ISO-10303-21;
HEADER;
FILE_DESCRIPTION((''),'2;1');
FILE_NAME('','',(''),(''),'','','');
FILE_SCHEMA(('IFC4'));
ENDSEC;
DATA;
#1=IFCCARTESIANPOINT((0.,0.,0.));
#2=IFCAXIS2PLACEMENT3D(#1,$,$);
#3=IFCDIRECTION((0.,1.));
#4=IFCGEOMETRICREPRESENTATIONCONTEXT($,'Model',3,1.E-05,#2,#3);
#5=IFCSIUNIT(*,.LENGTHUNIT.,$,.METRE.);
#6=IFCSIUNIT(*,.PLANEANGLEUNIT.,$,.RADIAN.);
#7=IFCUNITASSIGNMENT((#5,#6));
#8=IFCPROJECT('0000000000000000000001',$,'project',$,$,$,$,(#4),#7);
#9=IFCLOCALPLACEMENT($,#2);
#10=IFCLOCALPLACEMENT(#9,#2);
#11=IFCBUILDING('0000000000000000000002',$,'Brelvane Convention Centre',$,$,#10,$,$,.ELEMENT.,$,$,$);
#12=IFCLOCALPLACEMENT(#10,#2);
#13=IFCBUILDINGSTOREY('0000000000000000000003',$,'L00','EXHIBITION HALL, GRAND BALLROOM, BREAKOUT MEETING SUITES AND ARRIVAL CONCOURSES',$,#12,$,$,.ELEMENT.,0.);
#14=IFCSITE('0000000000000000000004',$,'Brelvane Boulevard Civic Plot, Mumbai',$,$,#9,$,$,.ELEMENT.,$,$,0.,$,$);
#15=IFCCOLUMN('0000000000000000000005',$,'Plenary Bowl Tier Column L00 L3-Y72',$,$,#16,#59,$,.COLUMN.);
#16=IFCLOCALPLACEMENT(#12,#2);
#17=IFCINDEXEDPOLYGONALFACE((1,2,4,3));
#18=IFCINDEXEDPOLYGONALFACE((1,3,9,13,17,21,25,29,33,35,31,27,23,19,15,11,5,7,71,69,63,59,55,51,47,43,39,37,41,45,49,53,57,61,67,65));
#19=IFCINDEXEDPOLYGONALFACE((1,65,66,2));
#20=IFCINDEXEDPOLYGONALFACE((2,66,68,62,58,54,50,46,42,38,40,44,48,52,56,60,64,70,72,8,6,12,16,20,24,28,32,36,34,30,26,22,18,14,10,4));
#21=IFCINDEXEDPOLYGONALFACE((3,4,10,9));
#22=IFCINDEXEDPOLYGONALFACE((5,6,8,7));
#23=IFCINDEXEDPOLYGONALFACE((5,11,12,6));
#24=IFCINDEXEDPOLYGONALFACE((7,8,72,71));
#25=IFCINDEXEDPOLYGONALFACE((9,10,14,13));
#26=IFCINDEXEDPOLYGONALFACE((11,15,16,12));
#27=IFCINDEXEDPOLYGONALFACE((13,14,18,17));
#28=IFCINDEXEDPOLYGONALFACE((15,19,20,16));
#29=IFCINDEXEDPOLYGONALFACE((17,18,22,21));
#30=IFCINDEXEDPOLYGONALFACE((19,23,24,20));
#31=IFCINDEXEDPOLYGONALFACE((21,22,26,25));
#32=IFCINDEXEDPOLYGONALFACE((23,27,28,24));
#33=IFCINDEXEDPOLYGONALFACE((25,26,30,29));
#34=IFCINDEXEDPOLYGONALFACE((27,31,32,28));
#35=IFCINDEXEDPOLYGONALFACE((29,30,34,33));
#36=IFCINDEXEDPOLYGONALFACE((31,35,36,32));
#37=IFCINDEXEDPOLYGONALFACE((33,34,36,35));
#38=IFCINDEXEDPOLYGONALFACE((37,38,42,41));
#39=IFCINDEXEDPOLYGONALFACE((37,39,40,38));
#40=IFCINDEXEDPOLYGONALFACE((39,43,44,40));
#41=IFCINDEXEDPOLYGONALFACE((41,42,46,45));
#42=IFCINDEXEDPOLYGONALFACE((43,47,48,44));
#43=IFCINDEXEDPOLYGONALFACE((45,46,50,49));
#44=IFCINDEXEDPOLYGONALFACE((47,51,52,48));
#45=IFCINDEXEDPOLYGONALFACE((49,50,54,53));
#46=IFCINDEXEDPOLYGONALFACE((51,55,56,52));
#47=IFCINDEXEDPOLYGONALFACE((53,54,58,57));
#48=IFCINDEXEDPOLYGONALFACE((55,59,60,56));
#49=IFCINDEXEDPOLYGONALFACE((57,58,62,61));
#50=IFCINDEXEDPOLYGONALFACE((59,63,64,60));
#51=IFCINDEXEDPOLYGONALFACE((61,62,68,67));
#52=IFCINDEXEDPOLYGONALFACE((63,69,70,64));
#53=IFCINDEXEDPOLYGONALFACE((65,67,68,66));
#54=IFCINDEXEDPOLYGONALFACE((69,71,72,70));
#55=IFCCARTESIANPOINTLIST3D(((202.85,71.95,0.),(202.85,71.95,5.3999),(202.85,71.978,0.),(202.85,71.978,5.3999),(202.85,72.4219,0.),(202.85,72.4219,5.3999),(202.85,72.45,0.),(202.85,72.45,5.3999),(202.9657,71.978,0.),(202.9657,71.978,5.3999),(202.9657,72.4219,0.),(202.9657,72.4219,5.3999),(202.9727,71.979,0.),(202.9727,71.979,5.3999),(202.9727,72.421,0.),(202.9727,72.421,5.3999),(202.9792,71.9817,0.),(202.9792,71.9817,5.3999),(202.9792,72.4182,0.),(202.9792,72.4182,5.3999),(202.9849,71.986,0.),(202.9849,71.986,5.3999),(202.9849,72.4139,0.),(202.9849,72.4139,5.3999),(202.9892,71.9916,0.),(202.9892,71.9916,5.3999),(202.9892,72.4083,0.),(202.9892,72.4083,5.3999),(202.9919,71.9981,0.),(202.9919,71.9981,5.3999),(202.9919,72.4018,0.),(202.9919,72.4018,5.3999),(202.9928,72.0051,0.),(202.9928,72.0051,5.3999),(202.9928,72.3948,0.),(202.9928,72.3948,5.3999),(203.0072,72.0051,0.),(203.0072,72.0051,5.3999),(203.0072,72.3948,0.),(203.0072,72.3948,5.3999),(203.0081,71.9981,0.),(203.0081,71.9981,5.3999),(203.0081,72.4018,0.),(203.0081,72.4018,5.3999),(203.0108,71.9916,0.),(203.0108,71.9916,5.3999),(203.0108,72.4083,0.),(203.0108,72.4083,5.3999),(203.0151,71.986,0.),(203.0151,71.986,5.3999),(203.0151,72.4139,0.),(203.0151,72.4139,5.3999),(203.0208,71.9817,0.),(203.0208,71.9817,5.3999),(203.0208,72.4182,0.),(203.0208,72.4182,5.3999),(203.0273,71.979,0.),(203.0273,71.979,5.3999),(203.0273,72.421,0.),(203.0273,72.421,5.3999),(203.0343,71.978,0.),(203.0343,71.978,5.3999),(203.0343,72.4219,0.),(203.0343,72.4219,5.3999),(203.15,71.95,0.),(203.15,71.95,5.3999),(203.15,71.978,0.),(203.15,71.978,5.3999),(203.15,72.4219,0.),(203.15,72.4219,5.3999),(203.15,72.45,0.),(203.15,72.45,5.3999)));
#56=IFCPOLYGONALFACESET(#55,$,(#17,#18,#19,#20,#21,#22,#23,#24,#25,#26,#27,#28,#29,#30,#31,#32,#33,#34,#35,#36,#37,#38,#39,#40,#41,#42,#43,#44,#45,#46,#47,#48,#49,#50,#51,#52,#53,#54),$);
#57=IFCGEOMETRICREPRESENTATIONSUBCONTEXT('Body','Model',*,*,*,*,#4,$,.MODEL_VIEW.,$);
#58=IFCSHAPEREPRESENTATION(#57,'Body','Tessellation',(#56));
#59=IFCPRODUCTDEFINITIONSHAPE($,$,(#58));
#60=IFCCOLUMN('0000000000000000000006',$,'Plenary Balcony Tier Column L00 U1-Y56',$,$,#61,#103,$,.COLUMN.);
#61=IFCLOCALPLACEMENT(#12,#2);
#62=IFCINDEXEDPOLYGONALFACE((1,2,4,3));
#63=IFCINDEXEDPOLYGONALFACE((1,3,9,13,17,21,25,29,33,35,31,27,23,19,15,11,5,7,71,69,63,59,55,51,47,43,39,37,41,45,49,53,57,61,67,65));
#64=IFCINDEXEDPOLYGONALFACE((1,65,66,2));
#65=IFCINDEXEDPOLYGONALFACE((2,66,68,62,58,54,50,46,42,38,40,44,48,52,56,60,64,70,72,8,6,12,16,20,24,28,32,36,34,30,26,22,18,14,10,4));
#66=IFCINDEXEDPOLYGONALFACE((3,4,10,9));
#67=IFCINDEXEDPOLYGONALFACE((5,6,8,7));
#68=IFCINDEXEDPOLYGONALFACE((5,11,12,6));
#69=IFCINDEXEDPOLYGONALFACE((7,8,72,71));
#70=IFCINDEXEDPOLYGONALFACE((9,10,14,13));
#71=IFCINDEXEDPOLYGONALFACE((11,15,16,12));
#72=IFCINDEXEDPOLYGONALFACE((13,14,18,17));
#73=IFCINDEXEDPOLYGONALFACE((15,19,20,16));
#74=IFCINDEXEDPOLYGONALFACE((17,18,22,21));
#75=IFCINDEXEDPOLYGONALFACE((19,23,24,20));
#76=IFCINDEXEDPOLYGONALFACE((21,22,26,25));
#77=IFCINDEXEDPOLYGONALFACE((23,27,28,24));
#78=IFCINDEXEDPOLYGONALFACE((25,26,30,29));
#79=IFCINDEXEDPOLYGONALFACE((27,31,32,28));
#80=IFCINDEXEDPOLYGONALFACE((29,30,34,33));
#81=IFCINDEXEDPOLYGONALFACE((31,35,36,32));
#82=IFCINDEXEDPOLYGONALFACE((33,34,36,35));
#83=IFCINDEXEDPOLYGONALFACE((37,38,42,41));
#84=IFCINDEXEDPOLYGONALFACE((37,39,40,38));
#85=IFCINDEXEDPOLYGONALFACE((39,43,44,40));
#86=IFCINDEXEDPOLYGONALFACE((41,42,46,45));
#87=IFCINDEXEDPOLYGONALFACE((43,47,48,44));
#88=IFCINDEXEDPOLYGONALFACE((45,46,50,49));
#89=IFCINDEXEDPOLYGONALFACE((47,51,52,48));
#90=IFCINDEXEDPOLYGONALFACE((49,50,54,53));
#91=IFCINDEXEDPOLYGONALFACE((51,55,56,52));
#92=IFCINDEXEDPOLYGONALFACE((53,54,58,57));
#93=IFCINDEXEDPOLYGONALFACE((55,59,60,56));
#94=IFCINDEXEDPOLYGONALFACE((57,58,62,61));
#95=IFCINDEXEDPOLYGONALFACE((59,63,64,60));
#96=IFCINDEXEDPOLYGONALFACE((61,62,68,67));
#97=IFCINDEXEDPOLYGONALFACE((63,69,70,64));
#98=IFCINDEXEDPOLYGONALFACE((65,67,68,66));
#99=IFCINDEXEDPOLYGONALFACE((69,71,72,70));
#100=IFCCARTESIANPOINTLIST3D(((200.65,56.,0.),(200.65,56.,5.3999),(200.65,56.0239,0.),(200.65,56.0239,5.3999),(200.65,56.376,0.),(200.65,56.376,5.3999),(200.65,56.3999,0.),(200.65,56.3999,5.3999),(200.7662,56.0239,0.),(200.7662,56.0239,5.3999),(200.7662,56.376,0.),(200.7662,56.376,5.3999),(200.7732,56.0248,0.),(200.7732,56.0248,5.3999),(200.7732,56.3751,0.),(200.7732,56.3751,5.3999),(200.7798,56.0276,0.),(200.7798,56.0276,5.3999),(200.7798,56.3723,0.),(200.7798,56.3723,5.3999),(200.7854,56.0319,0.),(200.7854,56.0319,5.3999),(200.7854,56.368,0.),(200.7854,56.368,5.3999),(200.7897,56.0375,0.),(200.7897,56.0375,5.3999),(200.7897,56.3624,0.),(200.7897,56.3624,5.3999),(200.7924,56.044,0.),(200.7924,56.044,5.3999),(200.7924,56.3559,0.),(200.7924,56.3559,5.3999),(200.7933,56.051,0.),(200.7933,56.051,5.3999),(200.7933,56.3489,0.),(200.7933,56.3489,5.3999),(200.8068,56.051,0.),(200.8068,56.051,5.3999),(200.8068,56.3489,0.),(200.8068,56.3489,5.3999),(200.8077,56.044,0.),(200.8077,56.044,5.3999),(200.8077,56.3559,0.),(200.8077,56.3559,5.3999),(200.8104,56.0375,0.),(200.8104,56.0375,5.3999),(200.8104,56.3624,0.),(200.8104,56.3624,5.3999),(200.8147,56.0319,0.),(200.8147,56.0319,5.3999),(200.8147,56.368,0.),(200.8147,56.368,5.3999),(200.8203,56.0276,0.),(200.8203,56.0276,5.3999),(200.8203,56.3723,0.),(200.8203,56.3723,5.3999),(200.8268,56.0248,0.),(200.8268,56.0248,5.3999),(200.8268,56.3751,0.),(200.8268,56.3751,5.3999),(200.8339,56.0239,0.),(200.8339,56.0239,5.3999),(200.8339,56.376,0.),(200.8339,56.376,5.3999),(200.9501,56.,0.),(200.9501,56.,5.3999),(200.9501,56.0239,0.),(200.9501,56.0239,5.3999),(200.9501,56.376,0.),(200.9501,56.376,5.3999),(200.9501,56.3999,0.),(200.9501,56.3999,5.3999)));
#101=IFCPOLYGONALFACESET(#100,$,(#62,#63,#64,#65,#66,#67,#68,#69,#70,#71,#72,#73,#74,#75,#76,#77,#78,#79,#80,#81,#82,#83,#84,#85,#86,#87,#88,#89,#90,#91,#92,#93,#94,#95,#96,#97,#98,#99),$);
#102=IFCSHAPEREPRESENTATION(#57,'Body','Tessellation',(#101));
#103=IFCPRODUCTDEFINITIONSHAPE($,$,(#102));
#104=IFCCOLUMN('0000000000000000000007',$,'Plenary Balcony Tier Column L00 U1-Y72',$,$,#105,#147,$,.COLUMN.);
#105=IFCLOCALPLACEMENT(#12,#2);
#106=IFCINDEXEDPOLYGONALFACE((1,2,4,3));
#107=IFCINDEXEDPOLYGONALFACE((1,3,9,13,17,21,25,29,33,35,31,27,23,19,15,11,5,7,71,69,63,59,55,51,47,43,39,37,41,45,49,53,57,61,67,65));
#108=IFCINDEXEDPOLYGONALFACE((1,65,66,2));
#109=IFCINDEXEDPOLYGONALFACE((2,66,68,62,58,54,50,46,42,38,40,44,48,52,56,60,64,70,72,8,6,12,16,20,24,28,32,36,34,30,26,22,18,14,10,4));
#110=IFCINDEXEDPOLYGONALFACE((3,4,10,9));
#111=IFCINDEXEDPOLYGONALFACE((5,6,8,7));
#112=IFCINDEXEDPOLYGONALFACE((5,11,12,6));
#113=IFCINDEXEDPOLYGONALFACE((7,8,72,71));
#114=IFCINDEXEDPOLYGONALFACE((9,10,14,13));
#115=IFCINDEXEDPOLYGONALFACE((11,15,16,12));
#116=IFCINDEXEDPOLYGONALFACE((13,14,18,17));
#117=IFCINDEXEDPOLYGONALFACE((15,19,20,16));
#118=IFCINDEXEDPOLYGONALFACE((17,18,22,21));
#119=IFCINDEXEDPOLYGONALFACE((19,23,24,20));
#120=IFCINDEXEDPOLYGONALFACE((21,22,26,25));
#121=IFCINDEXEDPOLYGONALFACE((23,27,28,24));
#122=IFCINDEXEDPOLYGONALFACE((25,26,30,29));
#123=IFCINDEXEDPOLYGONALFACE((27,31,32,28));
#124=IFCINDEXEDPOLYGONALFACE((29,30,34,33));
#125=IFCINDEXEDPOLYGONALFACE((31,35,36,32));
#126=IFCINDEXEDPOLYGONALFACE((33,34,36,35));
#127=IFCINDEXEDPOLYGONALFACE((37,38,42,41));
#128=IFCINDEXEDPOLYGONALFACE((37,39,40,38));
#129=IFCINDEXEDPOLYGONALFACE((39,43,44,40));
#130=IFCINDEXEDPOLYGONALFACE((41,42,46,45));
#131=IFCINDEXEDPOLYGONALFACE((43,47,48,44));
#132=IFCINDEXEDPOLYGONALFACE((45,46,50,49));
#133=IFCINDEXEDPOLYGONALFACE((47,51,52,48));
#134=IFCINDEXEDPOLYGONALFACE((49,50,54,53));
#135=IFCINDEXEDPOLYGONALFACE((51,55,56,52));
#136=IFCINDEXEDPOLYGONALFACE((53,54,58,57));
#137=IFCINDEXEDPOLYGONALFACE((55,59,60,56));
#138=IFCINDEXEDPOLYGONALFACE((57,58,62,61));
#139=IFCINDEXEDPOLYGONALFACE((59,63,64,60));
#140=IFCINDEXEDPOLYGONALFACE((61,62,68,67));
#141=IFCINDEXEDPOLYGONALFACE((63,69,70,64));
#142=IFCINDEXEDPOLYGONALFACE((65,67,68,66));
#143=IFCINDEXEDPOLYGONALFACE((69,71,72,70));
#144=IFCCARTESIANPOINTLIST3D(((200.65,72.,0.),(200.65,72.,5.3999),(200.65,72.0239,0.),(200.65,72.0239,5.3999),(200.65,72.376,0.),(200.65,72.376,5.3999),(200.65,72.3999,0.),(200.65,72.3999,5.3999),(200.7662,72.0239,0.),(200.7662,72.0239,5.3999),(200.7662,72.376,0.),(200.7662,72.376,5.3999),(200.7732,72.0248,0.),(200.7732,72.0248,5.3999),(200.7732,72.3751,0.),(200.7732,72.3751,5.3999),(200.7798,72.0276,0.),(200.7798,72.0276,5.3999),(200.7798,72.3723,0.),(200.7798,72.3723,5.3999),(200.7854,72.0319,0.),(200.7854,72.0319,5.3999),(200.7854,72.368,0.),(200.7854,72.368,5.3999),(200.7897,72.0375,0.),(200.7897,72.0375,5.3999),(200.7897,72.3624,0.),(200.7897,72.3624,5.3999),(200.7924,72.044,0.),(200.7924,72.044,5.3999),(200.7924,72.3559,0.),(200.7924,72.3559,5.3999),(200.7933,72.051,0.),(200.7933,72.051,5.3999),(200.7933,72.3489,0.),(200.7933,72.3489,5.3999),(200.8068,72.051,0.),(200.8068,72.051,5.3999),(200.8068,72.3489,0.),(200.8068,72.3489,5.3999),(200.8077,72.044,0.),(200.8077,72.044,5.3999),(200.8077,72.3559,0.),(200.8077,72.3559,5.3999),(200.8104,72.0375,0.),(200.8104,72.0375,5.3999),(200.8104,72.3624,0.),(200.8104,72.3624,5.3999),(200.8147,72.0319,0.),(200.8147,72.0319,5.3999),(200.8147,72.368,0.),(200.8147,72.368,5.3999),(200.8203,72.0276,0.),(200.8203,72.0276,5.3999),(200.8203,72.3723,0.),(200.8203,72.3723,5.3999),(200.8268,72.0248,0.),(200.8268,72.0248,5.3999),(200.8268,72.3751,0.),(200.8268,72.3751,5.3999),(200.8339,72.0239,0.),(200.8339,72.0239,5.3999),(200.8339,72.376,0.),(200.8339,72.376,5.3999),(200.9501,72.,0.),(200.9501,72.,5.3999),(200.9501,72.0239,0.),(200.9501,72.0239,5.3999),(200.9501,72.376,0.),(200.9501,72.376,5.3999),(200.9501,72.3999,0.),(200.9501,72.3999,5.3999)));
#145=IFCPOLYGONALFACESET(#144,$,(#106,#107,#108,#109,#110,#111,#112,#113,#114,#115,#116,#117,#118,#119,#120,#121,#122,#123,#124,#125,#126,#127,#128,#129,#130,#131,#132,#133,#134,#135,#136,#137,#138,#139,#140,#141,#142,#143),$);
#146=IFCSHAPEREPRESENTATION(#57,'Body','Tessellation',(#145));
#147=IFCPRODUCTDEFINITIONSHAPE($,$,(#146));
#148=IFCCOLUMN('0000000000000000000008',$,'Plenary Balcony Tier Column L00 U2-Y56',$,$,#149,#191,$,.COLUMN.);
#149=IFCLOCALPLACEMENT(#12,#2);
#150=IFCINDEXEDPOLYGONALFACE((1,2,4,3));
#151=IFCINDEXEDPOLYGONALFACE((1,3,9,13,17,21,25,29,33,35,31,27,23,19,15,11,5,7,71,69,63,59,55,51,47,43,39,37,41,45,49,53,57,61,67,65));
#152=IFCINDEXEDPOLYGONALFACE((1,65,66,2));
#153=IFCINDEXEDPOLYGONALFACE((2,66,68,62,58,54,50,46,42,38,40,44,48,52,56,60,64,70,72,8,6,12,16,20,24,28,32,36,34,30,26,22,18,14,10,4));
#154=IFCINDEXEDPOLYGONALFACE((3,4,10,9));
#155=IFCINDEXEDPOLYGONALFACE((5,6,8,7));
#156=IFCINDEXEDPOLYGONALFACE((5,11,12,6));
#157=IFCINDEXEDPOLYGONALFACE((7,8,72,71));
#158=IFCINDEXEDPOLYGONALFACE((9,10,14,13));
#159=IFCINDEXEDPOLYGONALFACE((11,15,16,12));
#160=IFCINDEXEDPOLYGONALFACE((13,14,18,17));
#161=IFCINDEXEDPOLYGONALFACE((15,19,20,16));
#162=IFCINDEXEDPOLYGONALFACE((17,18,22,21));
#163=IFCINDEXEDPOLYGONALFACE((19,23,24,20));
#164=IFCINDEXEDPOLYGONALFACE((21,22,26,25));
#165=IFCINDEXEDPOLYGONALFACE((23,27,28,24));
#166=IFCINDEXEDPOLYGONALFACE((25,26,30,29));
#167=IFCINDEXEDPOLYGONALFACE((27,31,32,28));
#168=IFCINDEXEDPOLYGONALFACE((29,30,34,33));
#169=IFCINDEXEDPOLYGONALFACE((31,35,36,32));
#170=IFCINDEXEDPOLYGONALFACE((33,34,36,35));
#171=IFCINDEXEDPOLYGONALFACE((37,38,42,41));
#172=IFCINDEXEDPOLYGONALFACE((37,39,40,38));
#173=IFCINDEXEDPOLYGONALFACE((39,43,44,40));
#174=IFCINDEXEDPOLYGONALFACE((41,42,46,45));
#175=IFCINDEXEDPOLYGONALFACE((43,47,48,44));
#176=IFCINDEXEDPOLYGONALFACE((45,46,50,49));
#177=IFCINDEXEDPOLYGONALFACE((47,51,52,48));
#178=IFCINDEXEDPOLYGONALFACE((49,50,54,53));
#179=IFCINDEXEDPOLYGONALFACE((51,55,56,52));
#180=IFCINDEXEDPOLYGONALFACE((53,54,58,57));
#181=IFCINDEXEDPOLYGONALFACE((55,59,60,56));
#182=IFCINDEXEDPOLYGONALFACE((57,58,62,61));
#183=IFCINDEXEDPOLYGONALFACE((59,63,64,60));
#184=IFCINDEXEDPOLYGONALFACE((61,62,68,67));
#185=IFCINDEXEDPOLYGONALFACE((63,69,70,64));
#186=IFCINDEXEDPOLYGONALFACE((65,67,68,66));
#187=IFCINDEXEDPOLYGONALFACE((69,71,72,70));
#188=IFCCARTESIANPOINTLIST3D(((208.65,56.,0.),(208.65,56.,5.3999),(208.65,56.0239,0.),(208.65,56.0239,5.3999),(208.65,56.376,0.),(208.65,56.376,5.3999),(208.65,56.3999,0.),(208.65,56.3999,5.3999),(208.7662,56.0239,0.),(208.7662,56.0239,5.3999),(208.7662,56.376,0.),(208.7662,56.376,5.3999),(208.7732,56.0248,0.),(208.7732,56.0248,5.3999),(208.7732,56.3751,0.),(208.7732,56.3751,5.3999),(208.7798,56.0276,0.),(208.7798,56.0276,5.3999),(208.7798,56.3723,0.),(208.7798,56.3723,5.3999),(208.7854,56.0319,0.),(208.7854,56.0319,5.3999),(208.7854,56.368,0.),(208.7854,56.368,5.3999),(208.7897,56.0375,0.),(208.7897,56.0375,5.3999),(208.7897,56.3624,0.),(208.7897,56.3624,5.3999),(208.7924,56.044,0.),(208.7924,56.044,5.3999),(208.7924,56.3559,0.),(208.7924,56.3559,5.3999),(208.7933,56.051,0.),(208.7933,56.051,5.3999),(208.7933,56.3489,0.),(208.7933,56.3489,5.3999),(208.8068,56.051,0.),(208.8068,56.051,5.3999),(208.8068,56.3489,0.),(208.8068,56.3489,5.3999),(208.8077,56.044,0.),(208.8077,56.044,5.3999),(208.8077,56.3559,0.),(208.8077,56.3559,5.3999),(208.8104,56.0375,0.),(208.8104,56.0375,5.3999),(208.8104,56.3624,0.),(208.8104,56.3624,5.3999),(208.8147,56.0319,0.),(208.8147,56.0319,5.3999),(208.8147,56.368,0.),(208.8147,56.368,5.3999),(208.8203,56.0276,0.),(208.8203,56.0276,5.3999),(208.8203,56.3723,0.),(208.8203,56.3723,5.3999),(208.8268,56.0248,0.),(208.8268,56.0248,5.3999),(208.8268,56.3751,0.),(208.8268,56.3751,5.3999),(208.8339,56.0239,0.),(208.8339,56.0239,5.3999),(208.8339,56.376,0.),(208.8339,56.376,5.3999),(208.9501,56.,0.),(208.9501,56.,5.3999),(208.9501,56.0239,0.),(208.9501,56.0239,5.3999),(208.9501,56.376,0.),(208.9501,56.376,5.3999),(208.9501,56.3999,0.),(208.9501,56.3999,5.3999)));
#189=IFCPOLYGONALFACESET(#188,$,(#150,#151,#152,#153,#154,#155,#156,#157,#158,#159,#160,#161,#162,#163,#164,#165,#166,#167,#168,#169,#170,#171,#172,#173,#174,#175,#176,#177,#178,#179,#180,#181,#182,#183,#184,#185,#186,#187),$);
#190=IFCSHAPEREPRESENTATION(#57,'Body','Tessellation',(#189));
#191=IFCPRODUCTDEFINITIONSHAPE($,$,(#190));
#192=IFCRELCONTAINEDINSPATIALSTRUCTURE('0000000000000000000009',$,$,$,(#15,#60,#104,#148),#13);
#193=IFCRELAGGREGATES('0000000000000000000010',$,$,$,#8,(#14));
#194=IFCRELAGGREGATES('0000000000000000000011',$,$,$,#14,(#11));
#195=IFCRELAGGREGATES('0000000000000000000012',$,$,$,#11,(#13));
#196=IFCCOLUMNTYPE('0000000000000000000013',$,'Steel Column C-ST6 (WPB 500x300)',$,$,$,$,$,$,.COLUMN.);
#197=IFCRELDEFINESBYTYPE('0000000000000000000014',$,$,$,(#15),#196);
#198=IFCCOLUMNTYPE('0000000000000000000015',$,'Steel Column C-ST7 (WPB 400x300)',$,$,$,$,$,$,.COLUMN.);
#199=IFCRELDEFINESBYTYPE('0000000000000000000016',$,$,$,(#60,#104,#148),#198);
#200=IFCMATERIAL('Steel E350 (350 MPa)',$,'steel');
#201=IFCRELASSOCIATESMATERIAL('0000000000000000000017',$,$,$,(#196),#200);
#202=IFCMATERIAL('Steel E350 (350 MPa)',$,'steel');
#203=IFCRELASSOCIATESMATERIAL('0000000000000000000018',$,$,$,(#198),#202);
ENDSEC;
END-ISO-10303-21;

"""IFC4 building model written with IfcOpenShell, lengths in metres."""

from ifc_helpers import new_model, si_unit, direction, frame, origin, origin_2d, place, context, subcontext, project, spatial, i_section, extrude, material, material_profile, profile_set, type_object, element, save


model = new_model("IFC4")

# Units and contexts
model_context = context("Model", 3, precision=1e-05, world=origin(), true_north=direction((0.0, 1.0)))
body_context = subcontext(model_context, "Body", "Model", "MODEL_VIEW")
ifc_project = project(units=[si_unit("LENGTHUNIT", "METRE"), si_unit("PLANEANGLEUNIT", "RADIAN")], contexts=[model_context])

# Site, building, storey
site_placement = place(None, origin())
site = spatial("IfcSite", under=ifc_project, at=site_placement, Name="Brelvane Boulevard Civic Plot, Mumbai", CompositionType="ELEMENT", RefElevation=0.0)
building_placement = place(site_placement, origin())
building = spatial("IfcBuilding", under=site, at=building_placement, Name="Brelvane Convention Centre", CompositionType="ELEMENT")
storey_placement = place(building_placement, origin())
storey = spatial("IfcBuildingStorey", under=building, at=storey_placement, Name="L00", Description="EXHIBITION HALL, GRAND BALLROOM, BREAKOUT MEETING SUITES AND ARRIVAL CONCOURSES", CompositionType="ELEMENT", Elevation=0.0)

# Columns
ifc_material_1 = material(Name="Steel E350 (350 MPa)", Category="steel")
ifc_material_profile_1 = material_profile(ifc_material_1, i_section(OverallWidth=0.3, OverallDepth=0.5, WebThickness=0.0144, FlangeThickness=0.0281, FilletRadius=0.0271, at=origin_2d()), Name="WPB 500x300")
ifc_profile_set_1 = profile_set([ifc_material_profile_1], Name="Steel E350 (350 MPa)")
column_type_1 = type_object("IfcColumnType", Name="Steel Column C-ST6 (WPB 500x300)", PredefinedType="COLUMN", material=ifc_profile_set_1)
for number, where, z_axis, x_axis, name in (
    (1, (203.0, 72.2, 0.0), (0.0, 0.0, 1.0), (1.0, 0.0, 0.0), "Plenary Bowl Tier Column L00 L3-Y72"),
):
    element("IfcColumn", number, at=place(storey_placement, frame(where, z_axis=z_axis, x_axis=x_axis)), inside=storey, type_object=column_type_1, Name=name, PredefinedType="COLUMN", context=body_context, shape_type="SweptSolid", body=[
        extrude(i_section(OverallWidth=0.3, OverallDepth=0.5, WebThickness=0.0144, FlangeThickness=0.0281, FilletRadius=0.0271, at=origin_2d()), origin(), (0.0, 0.0, 1.0), 5.3999),
    ])
ifc_material_2 = material(Name="Steel E350 (350 MPa)", Category="steel")
ifc_material_profile_2 = material_profile(ifc_material_2, i_section(OverallWidth=0.3, OverallDepth=0.3999, WebThickness=0.0134, FlangeThickness=0.0239, FilletRadius=0.0271, at=origin_2d()), Name="WPB 400x300")
ifc_profile_set_2 = profile_set([ifc_material_profile_2], Name="Steel E350 (350 MPa)")
column_type_2 = type_object("IfcColumnType", Name="Steel Column C-ST7 (WPB 400x300)", PredefinedType="COLUMN", material=ifc_profile_set_2)
for number, where, z_axis, x_axis, name in (
    (2, (200.8, 56.2, 0.0), (0.0, 0.0, 1.0), (1.0, 0.0, 0.0), "Plenary Balcony Tier Column L00 U1-Y56"),
    (3, (200.8, 72.2, 0.0), (0.0, 0.0, 1.0), (1.0, 0.0, 0.0), "Plenary Balcony Tier Column L00 U1-Y72"),
    (4, (208.8, 56.2, 0.0), (0.0, 0.0, 1.0), (1.0, 0.0, 0.0), "Plenary Balcony Tier Column L00 U2-Y56"),
):
    element("IfcColumn", number, at=place(storey_placement, frame(where, z_axis=z_axis, x_axis=x_axis)), inside=storey, type_object=column_type_2, Name=name, PredefinedType="COLUMN", context=body_context, shape_type="SweptSolid", body=[
        extrude(i_section(OverallWidth=0.3, OverallDepth=0.3999, WebThickness=0.0134, FlangeThickness=0.0239, FilletRadius=0.0271, at=origin_2d()), origin(), (0.0, 0.0, 1.0), 5.3999),
    ])

save(model, "model.ifc")
